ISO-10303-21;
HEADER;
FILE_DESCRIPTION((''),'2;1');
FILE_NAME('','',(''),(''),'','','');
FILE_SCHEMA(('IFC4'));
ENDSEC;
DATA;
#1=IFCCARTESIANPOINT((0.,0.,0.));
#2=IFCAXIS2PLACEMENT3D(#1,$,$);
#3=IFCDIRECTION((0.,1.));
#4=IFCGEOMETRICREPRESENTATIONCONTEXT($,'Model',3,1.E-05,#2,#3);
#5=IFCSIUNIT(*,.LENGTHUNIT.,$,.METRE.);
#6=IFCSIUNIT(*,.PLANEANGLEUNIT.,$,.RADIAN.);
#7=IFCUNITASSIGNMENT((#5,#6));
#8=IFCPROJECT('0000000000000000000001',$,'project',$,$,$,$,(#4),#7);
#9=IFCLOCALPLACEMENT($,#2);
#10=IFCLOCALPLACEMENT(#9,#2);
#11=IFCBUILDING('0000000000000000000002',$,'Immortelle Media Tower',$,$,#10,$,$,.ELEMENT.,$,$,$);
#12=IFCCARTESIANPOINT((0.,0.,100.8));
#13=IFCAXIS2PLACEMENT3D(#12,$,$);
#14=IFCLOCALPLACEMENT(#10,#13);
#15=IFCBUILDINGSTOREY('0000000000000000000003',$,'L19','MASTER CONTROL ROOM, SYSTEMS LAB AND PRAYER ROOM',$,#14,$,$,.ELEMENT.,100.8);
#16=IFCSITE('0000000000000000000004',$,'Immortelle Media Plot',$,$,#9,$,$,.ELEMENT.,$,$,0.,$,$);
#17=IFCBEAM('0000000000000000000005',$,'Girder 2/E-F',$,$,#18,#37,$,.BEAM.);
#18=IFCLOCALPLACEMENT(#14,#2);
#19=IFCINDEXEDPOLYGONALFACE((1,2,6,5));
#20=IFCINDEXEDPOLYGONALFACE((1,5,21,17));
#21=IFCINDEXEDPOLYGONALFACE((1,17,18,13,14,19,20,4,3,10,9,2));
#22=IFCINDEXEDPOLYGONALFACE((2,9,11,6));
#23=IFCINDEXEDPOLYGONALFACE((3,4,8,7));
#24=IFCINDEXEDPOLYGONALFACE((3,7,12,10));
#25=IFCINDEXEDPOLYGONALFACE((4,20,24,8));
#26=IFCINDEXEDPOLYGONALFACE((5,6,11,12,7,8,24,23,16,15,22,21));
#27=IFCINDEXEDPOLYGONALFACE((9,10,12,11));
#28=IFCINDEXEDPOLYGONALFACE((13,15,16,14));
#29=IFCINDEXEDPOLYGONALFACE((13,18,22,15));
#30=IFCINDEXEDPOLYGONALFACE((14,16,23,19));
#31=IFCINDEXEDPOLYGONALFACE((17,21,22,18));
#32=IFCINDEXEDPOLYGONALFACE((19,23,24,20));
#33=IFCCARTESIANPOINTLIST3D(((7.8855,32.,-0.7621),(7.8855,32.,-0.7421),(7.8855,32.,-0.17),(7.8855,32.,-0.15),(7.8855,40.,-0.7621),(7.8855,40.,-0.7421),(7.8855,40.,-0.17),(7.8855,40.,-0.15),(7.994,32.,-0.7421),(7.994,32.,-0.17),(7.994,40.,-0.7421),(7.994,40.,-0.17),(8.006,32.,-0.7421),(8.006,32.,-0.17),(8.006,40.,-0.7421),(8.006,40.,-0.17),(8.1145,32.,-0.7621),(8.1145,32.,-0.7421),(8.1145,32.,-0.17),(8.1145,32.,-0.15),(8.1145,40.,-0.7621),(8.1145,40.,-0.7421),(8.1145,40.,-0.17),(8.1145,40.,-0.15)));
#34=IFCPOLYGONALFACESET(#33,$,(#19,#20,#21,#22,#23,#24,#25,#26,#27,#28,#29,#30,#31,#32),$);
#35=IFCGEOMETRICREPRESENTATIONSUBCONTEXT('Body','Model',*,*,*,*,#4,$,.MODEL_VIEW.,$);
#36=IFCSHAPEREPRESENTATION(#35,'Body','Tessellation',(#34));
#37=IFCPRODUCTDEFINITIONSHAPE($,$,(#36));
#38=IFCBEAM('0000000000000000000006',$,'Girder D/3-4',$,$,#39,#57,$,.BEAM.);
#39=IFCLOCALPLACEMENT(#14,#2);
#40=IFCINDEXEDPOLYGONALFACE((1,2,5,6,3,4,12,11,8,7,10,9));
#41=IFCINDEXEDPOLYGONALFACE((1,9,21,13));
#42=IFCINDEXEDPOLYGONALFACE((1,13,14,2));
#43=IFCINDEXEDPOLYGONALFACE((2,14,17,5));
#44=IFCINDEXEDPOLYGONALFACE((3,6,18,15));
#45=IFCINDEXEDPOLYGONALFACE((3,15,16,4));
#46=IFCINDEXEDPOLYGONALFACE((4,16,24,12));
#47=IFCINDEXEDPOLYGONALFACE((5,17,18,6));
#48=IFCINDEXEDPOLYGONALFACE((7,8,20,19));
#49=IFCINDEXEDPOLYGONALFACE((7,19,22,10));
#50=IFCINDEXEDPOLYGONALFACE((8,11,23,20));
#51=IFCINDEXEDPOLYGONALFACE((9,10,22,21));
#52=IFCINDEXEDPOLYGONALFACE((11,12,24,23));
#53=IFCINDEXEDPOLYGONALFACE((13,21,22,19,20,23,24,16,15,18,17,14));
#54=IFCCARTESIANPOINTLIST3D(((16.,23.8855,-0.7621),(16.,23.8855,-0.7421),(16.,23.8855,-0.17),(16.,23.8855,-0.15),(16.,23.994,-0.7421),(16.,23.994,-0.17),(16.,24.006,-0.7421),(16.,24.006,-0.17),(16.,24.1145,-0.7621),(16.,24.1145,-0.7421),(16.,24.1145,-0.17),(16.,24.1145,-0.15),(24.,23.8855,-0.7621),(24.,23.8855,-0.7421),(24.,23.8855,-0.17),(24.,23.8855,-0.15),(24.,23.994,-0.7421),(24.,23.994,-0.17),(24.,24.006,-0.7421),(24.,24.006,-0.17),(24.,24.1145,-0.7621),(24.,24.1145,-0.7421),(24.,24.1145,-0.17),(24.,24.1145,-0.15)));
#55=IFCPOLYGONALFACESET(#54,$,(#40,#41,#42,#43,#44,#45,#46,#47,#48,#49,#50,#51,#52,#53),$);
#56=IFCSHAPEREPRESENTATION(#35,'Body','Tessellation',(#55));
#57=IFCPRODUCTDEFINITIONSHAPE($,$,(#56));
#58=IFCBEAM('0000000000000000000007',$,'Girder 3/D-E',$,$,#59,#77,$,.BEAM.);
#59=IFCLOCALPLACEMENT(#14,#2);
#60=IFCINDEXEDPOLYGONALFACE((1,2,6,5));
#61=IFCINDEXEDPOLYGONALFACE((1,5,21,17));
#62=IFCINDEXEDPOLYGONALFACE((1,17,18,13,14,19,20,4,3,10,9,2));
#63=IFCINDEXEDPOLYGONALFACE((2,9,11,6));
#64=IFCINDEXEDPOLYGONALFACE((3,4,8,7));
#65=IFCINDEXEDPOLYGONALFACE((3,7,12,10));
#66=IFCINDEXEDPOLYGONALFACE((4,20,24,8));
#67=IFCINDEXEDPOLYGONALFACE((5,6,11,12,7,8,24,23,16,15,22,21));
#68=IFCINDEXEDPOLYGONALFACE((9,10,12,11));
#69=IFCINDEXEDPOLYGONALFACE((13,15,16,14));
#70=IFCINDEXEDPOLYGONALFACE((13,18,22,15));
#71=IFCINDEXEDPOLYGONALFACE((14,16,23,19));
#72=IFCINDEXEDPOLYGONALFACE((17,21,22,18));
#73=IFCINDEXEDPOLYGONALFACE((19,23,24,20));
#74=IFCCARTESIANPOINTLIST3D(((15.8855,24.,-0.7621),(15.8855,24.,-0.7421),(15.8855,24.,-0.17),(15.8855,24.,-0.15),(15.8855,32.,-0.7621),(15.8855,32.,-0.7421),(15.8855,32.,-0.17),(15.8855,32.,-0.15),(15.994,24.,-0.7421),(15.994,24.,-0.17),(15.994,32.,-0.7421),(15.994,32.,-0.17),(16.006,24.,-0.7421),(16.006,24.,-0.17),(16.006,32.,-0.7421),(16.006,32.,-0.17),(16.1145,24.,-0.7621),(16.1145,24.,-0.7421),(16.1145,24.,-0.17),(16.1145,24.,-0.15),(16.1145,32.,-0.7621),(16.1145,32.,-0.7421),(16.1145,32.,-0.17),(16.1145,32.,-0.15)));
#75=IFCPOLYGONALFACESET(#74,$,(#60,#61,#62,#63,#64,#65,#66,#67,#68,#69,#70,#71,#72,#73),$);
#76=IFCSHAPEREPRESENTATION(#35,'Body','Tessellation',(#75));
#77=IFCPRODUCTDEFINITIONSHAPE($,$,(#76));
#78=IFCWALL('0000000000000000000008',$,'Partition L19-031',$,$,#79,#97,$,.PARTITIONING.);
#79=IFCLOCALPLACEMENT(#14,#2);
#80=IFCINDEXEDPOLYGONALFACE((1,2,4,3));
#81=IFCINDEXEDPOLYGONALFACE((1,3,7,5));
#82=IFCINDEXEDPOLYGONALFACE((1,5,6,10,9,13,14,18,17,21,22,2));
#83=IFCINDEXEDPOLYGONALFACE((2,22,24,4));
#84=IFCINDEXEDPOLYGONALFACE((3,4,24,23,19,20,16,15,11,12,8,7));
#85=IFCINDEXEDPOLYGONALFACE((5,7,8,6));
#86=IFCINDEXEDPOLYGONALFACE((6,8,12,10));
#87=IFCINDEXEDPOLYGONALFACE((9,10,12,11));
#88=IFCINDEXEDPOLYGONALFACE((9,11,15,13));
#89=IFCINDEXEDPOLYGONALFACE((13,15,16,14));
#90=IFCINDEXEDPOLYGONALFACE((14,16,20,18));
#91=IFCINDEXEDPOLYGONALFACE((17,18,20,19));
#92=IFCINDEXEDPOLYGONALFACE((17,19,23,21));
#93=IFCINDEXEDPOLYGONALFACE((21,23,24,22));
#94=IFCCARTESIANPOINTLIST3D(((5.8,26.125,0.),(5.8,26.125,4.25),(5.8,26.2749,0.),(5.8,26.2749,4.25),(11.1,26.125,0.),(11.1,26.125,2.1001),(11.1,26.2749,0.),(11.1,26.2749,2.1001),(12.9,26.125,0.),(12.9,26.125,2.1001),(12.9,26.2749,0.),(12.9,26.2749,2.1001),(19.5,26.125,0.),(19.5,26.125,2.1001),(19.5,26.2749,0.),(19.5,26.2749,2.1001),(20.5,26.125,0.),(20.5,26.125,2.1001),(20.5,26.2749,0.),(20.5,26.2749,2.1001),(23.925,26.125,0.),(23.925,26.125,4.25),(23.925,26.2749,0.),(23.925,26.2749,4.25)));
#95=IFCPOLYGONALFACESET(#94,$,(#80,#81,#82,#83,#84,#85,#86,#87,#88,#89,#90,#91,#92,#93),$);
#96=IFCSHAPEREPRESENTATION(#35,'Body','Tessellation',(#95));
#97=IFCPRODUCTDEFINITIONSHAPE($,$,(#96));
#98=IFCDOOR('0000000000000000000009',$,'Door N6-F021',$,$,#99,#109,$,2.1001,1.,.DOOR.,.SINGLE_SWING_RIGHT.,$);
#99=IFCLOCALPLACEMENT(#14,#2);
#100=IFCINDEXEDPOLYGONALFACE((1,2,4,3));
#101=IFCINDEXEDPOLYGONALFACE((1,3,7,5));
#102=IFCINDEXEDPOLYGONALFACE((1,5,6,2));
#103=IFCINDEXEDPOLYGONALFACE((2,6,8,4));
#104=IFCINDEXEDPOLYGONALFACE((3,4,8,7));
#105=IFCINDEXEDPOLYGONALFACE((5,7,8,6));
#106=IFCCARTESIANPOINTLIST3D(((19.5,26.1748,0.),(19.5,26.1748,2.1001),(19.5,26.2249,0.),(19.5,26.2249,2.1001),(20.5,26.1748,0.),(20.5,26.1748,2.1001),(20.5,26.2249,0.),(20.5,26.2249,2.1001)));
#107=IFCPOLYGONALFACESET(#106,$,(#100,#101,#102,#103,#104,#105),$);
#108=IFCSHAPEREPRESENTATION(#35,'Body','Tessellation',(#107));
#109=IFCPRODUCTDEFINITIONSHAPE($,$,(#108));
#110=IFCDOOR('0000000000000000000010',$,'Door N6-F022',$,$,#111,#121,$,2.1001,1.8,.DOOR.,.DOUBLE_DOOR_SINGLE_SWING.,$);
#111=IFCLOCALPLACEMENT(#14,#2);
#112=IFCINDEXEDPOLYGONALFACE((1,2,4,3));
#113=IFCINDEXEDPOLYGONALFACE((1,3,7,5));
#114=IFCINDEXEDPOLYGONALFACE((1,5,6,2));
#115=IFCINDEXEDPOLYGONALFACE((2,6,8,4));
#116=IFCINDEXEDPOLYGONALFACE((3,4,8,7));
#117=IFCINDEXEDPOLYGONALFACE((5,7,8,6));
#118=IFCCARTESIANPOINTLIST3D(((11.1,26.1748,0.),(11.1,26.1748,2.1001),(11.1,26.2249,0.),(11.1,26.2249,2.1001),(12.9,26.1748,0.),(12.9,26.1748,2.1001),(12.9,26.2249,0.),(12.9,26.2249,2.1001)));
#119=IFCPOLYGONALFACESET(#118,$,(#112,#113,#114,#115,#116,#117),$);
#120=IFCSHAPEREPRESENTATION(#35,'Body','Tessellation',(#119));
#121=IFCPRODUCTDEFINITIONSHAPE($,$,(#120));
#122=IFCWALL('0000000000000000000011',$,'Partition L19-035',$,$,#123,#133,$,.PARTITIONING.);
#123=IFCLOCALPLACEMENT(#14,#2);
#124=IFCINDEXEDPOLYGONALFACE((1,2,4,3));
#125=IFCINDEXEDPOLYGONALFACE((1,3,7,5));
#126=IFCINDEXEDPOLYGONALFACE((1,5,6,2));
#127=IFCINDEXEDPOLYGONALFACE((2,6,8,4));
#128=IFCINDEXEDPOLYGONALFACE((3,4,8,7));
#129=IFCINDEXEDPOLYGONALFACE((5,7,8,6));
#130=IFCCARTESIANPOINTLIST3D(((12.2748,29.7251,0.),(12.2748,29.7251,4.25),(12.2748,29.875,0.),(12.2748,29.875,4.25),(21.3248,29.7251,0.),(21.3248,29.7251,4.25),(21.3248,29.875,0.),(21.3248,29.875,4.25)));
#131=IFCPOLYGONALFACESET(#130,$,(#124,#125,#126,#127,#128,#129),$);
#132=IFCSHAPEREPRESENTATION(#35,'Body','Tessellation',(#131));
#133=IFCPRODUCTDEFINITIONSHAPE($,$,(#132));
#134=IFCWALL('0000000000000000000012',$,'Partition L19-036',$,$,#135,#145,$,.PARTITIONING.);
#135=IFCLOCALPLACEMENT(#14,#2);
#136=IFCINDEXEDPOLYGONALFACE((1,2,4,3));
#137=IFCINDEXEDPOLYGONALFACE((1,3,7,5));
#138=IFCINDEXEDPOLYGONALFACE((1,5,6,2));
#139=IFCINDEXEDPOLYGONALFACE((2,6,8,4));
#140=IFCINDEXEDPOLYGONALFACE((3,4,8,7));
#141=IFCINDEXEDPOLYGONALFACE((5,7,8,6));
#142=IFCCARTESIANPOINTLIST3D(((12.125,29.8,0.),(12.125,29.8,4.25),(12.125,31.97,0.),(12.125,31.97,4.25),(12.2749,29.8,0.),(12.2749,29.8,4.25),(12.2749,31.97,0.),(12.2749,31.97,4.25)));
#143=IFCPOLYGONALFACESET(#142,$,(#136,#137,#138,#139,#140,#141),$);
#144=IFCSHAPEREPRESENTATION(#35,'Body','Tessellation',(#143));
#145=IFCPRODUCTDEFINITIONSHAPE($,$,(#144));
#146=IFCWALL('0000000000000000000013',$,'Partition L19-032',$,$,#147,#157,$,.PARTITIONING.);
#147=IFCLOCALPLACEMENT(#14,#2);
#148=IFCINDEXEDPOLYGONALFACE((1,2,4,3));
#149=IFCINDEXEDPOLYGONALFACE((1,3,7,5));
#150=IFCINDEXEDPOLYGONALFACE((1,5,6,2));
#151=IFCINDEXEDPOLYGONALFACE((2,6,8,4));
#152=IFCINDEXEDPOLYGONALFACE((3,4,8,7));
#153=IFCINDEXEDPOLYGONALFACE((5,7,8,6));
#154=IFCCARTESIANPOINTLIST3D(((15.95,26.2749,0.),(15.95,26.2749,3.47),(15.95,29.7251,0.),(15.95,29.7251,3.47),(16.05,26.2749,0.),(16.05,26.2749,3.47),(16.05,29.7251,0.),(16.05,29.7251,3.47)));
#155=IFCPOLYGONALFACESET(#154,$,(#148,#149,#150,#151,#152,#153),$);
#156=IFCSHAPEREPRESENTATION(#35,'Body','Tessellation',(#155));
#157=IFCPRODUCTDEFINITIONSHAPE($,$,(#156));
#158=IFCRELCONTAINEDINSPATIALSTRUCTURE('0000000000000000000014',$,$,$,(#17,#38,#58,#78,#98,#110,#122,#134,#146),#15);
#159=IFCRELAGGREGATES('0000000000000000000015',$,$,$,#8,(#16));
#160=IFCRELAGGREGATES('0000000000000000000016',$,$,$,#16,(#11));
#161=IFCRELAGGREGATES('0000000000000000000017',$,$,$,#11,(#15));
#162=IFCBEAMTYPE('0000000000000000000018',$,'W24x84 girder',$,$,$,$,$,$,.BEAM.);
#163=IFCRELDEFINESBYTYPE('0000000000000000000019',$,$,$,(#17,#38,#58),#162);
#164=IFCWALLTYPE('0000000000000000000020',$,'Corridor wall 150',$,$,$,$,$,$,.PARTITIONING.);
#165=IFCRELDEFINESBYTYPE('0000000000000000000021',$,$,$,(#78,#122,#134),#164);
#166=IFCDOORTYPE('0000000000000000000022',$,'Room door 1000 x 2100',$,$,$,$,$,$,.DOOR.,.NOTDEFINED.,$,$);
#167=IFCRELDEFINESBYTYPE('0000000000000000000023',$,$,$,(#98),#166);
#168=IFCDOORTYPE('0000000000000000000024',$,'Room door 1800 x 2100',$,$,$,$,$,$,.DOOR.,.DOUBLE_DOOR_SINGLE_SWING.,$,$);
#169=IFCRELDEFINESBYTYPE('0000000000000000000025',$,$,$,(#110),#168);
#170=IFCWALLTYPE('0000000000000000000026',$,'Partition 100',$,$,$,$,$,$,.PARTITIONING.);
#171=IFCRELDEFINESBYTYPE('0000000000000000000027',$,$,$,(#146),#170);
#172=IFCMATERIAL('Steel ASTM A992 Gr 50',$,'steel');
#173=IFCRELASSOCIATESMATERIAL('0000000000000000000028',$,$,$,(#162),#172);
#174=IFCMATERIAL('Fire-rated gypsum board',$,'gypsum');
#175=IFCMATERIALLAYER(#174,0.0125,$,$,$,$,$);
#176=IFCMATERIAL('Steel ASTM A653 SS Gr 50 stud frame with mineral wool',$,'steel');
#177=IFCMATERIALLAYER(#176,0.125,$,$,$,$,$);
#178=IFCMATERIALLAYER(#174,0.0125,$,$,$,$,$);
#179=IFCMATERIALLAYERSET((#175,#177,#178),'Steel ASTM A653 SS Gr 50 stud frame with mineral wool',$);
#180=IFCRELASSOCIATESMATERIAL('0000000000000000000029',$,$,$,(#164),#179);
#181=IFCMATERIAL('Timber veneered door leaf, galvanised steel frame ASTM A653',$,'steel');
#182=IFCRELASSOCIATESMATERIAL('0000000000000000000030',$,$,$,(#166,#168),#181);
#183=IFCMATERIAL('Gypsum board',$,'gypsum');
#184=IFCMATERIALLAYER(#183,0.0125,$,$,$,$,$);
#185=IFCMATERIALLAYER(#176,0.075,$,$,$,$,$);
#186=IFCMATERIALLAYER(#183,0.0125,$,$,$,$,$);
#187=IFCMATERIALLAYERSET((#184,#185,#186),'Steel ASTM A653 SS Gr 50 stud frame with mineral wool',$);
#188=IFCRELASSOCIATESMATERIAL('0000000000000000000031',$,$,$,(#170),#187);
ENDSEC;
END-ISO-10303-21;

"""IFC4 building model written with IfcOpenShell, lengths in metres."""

from ifc_helpers import new_model, si_unit, direction, frame, frame_2d, origin, origin_2d, place, context, subcontext, project, spatial, rectangle, i_section, extrude, material, layer, layer_set, material_profile, profile_set, type_object, element, fill, save


model = new_model("IFC4")

# Units and contexts
model_context = context("Model", 3, precision=1e-05, world=origin(), true_north=direction((0.0, 1.0)))
body_context = subcontext(model_context, "Body", "Model", "MODEL_VIEW")
ifc_project = project(units=[si_unit("LENGTHUNIT", "METRE"), si_unit("PLANEANGLEUNIT", "RADIAN")], contexts=[model_context])

# Site, building, storey
site_placement = place(None, origin())
site = spatial("IfcSite", under=ifc_project, at=site_placement, Name="Immortelle Media Plot", CompositionType="ELEMENT", RefElevation=0.0)
building_placement = place(site_placement, origin())
building = spatial("IfcBuilding", under=site, at=building_placement, Name="Immortelle Media Tower", CompositionType="ELEMENT")
storey_placement = place(building_placement, frame((0.0, 0.0, 100.8)))
storey = spatial("IfcBuildingStorey", under=building, at=storey_placement, Name="L19", Description="MASTER CONTROL ROOM, SYSTEMS LAB AND PRAYER ROOM", CompositionType="ELEMENT", Elevation=100.8)

# Shared definitions
ifc_material_1 = material(Name="Steel ASTM A992 Gr 50", Category="steel")

# Beams
ifc_material_profile_1 = material_profile(ifc_material_1, i_section(OverallWidth=0.229, OverallDepth=0.6121, WebThickness=0.012, FlangeThickness=0.02, at=origin_2d()), Name="W24x84")
ifc_profile_set_1 = profile_set([ifc_material_profile_1], Name="Steel ASTM A992 Gr 50")
beam_type_1 = type_object("IfcBeamType", Name="W24x84 girder", PredefinedType="BEAM", material=ifc_profile_set_1)
for number, where, z_axis, x_axis, name in (
    (1, (8.0, 32.0, -0.4561), (0.0, 1.0, 0.0), (-1.0, 0.0, 0.0), "Girder 2/E-F"),
    (2, (16.0, 24.0, -0.4561), (1.0, 0.0, 0.0), (0.0, 1.0, 0.0), "Girder D/3-4"),
    (3, (16.0, 24.0, -0.4561), (0.0, 1.0, 0.0), (-1.0, 0.0, 0.0), "Girder 3/D-E"),
):
    element("IfcBeam", number, at=place(storey_placement, frame(where, z_axis=z_axis, x_axis=x_axis)), inside=storey, type_object=beam_type_1, Name=name, PredefinedType="BEAM", context=body_context, shape_type="SweptSolid", body=[
        extrude(i_section(OverallWidth=0.229, OverallDepth=0.6121, WebThickness=0.012, FlangeThickness=0.02, at=origin_2d()), origin(), (0.0, 0.0, 1.0), 8.0),
    ])

# Wall, openings, doors
ifc_material_2 = material(Name="Fire-rated gypsum board", Category="gypsum")
ifc_layer_1 = layer(ifc_material_2, 0.0125)
ifc_material_3 = material(Name="Steel ASTM A653 SS Gr 50 stud frame with mineral wool", Category="steel")
ifc_layer_2 = layer(ifc_material_3, 0.125)
ifc_layer_3 = layer(ifc_material_2, 0.0125)
ifc_layer_set_1 = layer_set([ifc_layer_1, ifc_layer_2, ifc_layer_3], Name="Steel ASTM A653 SS Gr 50 stud frame with mineral wool")
wall_type_1 = type_object("IfcWallType", Name="Corridor wall 150", PredefinedType="PARTITIONING", material=ifc_layer_set_1)
wall_1_placement = place(storey_placement, frame((5.8, 26.2, 0.0), z_axis=(0.0, 0.0, 1.0), x_axis=(1.0, 0.0, 0.0)))
wall_1 = element("IfcWall", 4, at=wall_1_placement, inside=storey, type_object=wall_type_1, Name="Partition L19-031", PredefinedType="PARTITIONING", context=body_context, shape_type="SweptSolid", body=[
    extrude(rectangle(XDim=18.125, YDim=0.1499, at=frame_2d((9.0625, 0.0))), origin(), (0.0, 0.0, 1.0), 4.25),
])
opening_1_placement = place(wall_1_placement, frame((13.7, 0.0, 0.0)))
opening_1 = element("IfcOpeningElement", 5, at=opening_1_placement, cuts=wall_1, PredefinedType="OPENING", context=body_context, shape_type="SweptSolid", body=[
    extrude(rectangle(XDim=1.0, YDim=2.1001, at=frame_2d((0.5, 1.05))), frame((0.0, 0.085, 0.0), z_axis=(0.0, -1.0, 0.0), x_axis=(1.0, 0.0, 0.0)), (0.0, 0.0, 1.0), 0.1699),
])
opening_2_placement = place(wall_1_placement, frame((5.3, 0.0, 0.0)))
opening_2 = element("IfcOpeningElement", 6, at=opening_2_placement, cuts=wall_1, PredefinedType="OPENING", context=body_context, shape_type="SweptSolid", body=[
    extrude(rectangle(XDim=1.8, YDim=2.1001, at=frame_2d((0.8999, 1.05))), frame((0.0, 0.085, 0.0), z_axis=(0.0, -1.0, 0.0), x_axis=(1.0, 0.0, 0.0)), (0.0, 0.0, 1.0), 0.1699),
])
ifc_material_4 = material(Name="Timber veneered door leaf, galvanised steel frame ASTM A653", Category="steel")
door_type_1 = type_object("IfcDoorType", Name="Room door 1000 x 2100", OperationType="NOTDEFINED", PredefinedType="DOOR", material=ifc_material_4)
door_1_placement = place(opening_1_placement, origin())
door_1 = element("IfcDoor", 7, at=door_1_placement, inside=storey, type_object=door_type_1, Name="Door N6-F021", OperationType="SINGLE_SWING_RIGHT", OverallHeight=2.1001, OverallWidth=1.0, PredefinedType="DOOR", context=body_context, shape_type="SweptSolid", body=[
    extrude(rectangle(XDim=1.0, YDim=2.1001, at=frame_2d((0.5, 1.05))), frame((0.0, 0.0249, 0.0), z_axis=(0.0, -1.0, 0.0), x_axis=(1.0, 0.0, 0.0)), (0.0, 0.0, 1.0), 0.05),
])
fill(opening_1, door_1)
door_type_2 = type_object("IfcDoorType", Name="Room door 1800 x 2100", OperationType="DOUBLE_DOOR_SINGLE_SWING", PredefinedType="DOOR", material=ifc_material_4)
door_2_placement = place(opening_2_placement, origin())
door_2 = element("IfcDoor", 8, at=door_2_placement, inside=storey, type_object=door_type_2, Name="Door N6-F022", OperationType="DOUBLE_DOOR_SINGLE_SWING", OverallHeight=2.1001, OverallWidth=1.8, PredefinedType="DOOR", context=body_context, shape_type="SweptSolid", body=[
    extrude(rectangle(XDim=1.8, YDim=2.1001, at=frame_2d((0.8999, 1.05))), frame((0.0, 0.0249, 0.0), z_axis=(0.0, -1.0, 0.0), x_axis=(1.0, 0.0, 0.0)), (0.0, 0.0, 1.0), 0.05),
])
fill(opening_2, door_2)

# Walls
wall_2_placement = place(storey_placement, frame((12.2749, 29.8, 0.0), z_axis=(0.0, 0.0, 1.0), x_axis=(1.0, 0.0, 0.0)))
element("IfcWall", 9, at=wall_2_placement, inside=storey, type_object=wall_type_1, Name="Partition L19-035", PredefinedType="PARTITIONING", context=body_context, shape_type="SweptSolid", body=[
    extrude(rectangle(XDim=9.05, YDim=0.1499, at=frame_2d((4.5249, 0.0))), origin(), (0.0, 0.0, 1.0), 4.25),
])
wall_3_placement = place(storey_placement, frame((12.2, 29.8, 0.0), z_axis=(0.0, 0.0, 1.0), x_axis=(0.0, 1.0, 0.0)))
element("IfcWall", 10, at=wall_3_placement, inside=storey, type_object=wall_type_1, Name="Partition L19-036", PredefinedType="PARTITIONING", context=body_context, shape_type="SweptSolid", body=[
    extrude(rectangle(XDim=2.1699, YDim=0.1499, at=frame_2d((1.085, 0.0))), origin(), (0.0, 0.0, 1.0), 4.25),
])

# Wall
ifc_material_5 = material(Name="Gypsum board", Category="gypsum")
ifc_layer_4 = layer(ifc_material_5, 0.0125)
ifc_layer_5 = layer(ifc_material_3, 0.075)
ifc_layer_6 = layer(ifc_material_5, 0.0125)
ifc_layer_set_2 = layer_set([ifc_layer_4, ifc_layer_5, ifc_layer_6], Name="Steel ASTM A653 SS Gr 50 stud frame with mineral wool")
wall_type_2 = type_object("IfcWallType", Name="Partition 100", PredefinedType="PARTITIONING", material=ifc_layer_set_2)
wall_4_placement = place(storey_placement, frame((16.0, 26.2749, 0.0), z_axis=(0.0, 0.0, 1.0), x_axis=(0.0, 1.0, 0.0)))
element("IfcWall", 11, at=wall_4_placement, inside=storey, type_object=wall_type_2, Name="Partition L19-032", PredefinedType="PARTITIONING", context=body_context, shape_type="SweptSolid", body=[
    extrude(rectangle(XDim=3.4502, YDim=0.1001, at=frame_2d((1.7251, 0.0))), origin(), (0.0, 0.0, 1.0), 3.47),
])

save(model, "model.ifc")
